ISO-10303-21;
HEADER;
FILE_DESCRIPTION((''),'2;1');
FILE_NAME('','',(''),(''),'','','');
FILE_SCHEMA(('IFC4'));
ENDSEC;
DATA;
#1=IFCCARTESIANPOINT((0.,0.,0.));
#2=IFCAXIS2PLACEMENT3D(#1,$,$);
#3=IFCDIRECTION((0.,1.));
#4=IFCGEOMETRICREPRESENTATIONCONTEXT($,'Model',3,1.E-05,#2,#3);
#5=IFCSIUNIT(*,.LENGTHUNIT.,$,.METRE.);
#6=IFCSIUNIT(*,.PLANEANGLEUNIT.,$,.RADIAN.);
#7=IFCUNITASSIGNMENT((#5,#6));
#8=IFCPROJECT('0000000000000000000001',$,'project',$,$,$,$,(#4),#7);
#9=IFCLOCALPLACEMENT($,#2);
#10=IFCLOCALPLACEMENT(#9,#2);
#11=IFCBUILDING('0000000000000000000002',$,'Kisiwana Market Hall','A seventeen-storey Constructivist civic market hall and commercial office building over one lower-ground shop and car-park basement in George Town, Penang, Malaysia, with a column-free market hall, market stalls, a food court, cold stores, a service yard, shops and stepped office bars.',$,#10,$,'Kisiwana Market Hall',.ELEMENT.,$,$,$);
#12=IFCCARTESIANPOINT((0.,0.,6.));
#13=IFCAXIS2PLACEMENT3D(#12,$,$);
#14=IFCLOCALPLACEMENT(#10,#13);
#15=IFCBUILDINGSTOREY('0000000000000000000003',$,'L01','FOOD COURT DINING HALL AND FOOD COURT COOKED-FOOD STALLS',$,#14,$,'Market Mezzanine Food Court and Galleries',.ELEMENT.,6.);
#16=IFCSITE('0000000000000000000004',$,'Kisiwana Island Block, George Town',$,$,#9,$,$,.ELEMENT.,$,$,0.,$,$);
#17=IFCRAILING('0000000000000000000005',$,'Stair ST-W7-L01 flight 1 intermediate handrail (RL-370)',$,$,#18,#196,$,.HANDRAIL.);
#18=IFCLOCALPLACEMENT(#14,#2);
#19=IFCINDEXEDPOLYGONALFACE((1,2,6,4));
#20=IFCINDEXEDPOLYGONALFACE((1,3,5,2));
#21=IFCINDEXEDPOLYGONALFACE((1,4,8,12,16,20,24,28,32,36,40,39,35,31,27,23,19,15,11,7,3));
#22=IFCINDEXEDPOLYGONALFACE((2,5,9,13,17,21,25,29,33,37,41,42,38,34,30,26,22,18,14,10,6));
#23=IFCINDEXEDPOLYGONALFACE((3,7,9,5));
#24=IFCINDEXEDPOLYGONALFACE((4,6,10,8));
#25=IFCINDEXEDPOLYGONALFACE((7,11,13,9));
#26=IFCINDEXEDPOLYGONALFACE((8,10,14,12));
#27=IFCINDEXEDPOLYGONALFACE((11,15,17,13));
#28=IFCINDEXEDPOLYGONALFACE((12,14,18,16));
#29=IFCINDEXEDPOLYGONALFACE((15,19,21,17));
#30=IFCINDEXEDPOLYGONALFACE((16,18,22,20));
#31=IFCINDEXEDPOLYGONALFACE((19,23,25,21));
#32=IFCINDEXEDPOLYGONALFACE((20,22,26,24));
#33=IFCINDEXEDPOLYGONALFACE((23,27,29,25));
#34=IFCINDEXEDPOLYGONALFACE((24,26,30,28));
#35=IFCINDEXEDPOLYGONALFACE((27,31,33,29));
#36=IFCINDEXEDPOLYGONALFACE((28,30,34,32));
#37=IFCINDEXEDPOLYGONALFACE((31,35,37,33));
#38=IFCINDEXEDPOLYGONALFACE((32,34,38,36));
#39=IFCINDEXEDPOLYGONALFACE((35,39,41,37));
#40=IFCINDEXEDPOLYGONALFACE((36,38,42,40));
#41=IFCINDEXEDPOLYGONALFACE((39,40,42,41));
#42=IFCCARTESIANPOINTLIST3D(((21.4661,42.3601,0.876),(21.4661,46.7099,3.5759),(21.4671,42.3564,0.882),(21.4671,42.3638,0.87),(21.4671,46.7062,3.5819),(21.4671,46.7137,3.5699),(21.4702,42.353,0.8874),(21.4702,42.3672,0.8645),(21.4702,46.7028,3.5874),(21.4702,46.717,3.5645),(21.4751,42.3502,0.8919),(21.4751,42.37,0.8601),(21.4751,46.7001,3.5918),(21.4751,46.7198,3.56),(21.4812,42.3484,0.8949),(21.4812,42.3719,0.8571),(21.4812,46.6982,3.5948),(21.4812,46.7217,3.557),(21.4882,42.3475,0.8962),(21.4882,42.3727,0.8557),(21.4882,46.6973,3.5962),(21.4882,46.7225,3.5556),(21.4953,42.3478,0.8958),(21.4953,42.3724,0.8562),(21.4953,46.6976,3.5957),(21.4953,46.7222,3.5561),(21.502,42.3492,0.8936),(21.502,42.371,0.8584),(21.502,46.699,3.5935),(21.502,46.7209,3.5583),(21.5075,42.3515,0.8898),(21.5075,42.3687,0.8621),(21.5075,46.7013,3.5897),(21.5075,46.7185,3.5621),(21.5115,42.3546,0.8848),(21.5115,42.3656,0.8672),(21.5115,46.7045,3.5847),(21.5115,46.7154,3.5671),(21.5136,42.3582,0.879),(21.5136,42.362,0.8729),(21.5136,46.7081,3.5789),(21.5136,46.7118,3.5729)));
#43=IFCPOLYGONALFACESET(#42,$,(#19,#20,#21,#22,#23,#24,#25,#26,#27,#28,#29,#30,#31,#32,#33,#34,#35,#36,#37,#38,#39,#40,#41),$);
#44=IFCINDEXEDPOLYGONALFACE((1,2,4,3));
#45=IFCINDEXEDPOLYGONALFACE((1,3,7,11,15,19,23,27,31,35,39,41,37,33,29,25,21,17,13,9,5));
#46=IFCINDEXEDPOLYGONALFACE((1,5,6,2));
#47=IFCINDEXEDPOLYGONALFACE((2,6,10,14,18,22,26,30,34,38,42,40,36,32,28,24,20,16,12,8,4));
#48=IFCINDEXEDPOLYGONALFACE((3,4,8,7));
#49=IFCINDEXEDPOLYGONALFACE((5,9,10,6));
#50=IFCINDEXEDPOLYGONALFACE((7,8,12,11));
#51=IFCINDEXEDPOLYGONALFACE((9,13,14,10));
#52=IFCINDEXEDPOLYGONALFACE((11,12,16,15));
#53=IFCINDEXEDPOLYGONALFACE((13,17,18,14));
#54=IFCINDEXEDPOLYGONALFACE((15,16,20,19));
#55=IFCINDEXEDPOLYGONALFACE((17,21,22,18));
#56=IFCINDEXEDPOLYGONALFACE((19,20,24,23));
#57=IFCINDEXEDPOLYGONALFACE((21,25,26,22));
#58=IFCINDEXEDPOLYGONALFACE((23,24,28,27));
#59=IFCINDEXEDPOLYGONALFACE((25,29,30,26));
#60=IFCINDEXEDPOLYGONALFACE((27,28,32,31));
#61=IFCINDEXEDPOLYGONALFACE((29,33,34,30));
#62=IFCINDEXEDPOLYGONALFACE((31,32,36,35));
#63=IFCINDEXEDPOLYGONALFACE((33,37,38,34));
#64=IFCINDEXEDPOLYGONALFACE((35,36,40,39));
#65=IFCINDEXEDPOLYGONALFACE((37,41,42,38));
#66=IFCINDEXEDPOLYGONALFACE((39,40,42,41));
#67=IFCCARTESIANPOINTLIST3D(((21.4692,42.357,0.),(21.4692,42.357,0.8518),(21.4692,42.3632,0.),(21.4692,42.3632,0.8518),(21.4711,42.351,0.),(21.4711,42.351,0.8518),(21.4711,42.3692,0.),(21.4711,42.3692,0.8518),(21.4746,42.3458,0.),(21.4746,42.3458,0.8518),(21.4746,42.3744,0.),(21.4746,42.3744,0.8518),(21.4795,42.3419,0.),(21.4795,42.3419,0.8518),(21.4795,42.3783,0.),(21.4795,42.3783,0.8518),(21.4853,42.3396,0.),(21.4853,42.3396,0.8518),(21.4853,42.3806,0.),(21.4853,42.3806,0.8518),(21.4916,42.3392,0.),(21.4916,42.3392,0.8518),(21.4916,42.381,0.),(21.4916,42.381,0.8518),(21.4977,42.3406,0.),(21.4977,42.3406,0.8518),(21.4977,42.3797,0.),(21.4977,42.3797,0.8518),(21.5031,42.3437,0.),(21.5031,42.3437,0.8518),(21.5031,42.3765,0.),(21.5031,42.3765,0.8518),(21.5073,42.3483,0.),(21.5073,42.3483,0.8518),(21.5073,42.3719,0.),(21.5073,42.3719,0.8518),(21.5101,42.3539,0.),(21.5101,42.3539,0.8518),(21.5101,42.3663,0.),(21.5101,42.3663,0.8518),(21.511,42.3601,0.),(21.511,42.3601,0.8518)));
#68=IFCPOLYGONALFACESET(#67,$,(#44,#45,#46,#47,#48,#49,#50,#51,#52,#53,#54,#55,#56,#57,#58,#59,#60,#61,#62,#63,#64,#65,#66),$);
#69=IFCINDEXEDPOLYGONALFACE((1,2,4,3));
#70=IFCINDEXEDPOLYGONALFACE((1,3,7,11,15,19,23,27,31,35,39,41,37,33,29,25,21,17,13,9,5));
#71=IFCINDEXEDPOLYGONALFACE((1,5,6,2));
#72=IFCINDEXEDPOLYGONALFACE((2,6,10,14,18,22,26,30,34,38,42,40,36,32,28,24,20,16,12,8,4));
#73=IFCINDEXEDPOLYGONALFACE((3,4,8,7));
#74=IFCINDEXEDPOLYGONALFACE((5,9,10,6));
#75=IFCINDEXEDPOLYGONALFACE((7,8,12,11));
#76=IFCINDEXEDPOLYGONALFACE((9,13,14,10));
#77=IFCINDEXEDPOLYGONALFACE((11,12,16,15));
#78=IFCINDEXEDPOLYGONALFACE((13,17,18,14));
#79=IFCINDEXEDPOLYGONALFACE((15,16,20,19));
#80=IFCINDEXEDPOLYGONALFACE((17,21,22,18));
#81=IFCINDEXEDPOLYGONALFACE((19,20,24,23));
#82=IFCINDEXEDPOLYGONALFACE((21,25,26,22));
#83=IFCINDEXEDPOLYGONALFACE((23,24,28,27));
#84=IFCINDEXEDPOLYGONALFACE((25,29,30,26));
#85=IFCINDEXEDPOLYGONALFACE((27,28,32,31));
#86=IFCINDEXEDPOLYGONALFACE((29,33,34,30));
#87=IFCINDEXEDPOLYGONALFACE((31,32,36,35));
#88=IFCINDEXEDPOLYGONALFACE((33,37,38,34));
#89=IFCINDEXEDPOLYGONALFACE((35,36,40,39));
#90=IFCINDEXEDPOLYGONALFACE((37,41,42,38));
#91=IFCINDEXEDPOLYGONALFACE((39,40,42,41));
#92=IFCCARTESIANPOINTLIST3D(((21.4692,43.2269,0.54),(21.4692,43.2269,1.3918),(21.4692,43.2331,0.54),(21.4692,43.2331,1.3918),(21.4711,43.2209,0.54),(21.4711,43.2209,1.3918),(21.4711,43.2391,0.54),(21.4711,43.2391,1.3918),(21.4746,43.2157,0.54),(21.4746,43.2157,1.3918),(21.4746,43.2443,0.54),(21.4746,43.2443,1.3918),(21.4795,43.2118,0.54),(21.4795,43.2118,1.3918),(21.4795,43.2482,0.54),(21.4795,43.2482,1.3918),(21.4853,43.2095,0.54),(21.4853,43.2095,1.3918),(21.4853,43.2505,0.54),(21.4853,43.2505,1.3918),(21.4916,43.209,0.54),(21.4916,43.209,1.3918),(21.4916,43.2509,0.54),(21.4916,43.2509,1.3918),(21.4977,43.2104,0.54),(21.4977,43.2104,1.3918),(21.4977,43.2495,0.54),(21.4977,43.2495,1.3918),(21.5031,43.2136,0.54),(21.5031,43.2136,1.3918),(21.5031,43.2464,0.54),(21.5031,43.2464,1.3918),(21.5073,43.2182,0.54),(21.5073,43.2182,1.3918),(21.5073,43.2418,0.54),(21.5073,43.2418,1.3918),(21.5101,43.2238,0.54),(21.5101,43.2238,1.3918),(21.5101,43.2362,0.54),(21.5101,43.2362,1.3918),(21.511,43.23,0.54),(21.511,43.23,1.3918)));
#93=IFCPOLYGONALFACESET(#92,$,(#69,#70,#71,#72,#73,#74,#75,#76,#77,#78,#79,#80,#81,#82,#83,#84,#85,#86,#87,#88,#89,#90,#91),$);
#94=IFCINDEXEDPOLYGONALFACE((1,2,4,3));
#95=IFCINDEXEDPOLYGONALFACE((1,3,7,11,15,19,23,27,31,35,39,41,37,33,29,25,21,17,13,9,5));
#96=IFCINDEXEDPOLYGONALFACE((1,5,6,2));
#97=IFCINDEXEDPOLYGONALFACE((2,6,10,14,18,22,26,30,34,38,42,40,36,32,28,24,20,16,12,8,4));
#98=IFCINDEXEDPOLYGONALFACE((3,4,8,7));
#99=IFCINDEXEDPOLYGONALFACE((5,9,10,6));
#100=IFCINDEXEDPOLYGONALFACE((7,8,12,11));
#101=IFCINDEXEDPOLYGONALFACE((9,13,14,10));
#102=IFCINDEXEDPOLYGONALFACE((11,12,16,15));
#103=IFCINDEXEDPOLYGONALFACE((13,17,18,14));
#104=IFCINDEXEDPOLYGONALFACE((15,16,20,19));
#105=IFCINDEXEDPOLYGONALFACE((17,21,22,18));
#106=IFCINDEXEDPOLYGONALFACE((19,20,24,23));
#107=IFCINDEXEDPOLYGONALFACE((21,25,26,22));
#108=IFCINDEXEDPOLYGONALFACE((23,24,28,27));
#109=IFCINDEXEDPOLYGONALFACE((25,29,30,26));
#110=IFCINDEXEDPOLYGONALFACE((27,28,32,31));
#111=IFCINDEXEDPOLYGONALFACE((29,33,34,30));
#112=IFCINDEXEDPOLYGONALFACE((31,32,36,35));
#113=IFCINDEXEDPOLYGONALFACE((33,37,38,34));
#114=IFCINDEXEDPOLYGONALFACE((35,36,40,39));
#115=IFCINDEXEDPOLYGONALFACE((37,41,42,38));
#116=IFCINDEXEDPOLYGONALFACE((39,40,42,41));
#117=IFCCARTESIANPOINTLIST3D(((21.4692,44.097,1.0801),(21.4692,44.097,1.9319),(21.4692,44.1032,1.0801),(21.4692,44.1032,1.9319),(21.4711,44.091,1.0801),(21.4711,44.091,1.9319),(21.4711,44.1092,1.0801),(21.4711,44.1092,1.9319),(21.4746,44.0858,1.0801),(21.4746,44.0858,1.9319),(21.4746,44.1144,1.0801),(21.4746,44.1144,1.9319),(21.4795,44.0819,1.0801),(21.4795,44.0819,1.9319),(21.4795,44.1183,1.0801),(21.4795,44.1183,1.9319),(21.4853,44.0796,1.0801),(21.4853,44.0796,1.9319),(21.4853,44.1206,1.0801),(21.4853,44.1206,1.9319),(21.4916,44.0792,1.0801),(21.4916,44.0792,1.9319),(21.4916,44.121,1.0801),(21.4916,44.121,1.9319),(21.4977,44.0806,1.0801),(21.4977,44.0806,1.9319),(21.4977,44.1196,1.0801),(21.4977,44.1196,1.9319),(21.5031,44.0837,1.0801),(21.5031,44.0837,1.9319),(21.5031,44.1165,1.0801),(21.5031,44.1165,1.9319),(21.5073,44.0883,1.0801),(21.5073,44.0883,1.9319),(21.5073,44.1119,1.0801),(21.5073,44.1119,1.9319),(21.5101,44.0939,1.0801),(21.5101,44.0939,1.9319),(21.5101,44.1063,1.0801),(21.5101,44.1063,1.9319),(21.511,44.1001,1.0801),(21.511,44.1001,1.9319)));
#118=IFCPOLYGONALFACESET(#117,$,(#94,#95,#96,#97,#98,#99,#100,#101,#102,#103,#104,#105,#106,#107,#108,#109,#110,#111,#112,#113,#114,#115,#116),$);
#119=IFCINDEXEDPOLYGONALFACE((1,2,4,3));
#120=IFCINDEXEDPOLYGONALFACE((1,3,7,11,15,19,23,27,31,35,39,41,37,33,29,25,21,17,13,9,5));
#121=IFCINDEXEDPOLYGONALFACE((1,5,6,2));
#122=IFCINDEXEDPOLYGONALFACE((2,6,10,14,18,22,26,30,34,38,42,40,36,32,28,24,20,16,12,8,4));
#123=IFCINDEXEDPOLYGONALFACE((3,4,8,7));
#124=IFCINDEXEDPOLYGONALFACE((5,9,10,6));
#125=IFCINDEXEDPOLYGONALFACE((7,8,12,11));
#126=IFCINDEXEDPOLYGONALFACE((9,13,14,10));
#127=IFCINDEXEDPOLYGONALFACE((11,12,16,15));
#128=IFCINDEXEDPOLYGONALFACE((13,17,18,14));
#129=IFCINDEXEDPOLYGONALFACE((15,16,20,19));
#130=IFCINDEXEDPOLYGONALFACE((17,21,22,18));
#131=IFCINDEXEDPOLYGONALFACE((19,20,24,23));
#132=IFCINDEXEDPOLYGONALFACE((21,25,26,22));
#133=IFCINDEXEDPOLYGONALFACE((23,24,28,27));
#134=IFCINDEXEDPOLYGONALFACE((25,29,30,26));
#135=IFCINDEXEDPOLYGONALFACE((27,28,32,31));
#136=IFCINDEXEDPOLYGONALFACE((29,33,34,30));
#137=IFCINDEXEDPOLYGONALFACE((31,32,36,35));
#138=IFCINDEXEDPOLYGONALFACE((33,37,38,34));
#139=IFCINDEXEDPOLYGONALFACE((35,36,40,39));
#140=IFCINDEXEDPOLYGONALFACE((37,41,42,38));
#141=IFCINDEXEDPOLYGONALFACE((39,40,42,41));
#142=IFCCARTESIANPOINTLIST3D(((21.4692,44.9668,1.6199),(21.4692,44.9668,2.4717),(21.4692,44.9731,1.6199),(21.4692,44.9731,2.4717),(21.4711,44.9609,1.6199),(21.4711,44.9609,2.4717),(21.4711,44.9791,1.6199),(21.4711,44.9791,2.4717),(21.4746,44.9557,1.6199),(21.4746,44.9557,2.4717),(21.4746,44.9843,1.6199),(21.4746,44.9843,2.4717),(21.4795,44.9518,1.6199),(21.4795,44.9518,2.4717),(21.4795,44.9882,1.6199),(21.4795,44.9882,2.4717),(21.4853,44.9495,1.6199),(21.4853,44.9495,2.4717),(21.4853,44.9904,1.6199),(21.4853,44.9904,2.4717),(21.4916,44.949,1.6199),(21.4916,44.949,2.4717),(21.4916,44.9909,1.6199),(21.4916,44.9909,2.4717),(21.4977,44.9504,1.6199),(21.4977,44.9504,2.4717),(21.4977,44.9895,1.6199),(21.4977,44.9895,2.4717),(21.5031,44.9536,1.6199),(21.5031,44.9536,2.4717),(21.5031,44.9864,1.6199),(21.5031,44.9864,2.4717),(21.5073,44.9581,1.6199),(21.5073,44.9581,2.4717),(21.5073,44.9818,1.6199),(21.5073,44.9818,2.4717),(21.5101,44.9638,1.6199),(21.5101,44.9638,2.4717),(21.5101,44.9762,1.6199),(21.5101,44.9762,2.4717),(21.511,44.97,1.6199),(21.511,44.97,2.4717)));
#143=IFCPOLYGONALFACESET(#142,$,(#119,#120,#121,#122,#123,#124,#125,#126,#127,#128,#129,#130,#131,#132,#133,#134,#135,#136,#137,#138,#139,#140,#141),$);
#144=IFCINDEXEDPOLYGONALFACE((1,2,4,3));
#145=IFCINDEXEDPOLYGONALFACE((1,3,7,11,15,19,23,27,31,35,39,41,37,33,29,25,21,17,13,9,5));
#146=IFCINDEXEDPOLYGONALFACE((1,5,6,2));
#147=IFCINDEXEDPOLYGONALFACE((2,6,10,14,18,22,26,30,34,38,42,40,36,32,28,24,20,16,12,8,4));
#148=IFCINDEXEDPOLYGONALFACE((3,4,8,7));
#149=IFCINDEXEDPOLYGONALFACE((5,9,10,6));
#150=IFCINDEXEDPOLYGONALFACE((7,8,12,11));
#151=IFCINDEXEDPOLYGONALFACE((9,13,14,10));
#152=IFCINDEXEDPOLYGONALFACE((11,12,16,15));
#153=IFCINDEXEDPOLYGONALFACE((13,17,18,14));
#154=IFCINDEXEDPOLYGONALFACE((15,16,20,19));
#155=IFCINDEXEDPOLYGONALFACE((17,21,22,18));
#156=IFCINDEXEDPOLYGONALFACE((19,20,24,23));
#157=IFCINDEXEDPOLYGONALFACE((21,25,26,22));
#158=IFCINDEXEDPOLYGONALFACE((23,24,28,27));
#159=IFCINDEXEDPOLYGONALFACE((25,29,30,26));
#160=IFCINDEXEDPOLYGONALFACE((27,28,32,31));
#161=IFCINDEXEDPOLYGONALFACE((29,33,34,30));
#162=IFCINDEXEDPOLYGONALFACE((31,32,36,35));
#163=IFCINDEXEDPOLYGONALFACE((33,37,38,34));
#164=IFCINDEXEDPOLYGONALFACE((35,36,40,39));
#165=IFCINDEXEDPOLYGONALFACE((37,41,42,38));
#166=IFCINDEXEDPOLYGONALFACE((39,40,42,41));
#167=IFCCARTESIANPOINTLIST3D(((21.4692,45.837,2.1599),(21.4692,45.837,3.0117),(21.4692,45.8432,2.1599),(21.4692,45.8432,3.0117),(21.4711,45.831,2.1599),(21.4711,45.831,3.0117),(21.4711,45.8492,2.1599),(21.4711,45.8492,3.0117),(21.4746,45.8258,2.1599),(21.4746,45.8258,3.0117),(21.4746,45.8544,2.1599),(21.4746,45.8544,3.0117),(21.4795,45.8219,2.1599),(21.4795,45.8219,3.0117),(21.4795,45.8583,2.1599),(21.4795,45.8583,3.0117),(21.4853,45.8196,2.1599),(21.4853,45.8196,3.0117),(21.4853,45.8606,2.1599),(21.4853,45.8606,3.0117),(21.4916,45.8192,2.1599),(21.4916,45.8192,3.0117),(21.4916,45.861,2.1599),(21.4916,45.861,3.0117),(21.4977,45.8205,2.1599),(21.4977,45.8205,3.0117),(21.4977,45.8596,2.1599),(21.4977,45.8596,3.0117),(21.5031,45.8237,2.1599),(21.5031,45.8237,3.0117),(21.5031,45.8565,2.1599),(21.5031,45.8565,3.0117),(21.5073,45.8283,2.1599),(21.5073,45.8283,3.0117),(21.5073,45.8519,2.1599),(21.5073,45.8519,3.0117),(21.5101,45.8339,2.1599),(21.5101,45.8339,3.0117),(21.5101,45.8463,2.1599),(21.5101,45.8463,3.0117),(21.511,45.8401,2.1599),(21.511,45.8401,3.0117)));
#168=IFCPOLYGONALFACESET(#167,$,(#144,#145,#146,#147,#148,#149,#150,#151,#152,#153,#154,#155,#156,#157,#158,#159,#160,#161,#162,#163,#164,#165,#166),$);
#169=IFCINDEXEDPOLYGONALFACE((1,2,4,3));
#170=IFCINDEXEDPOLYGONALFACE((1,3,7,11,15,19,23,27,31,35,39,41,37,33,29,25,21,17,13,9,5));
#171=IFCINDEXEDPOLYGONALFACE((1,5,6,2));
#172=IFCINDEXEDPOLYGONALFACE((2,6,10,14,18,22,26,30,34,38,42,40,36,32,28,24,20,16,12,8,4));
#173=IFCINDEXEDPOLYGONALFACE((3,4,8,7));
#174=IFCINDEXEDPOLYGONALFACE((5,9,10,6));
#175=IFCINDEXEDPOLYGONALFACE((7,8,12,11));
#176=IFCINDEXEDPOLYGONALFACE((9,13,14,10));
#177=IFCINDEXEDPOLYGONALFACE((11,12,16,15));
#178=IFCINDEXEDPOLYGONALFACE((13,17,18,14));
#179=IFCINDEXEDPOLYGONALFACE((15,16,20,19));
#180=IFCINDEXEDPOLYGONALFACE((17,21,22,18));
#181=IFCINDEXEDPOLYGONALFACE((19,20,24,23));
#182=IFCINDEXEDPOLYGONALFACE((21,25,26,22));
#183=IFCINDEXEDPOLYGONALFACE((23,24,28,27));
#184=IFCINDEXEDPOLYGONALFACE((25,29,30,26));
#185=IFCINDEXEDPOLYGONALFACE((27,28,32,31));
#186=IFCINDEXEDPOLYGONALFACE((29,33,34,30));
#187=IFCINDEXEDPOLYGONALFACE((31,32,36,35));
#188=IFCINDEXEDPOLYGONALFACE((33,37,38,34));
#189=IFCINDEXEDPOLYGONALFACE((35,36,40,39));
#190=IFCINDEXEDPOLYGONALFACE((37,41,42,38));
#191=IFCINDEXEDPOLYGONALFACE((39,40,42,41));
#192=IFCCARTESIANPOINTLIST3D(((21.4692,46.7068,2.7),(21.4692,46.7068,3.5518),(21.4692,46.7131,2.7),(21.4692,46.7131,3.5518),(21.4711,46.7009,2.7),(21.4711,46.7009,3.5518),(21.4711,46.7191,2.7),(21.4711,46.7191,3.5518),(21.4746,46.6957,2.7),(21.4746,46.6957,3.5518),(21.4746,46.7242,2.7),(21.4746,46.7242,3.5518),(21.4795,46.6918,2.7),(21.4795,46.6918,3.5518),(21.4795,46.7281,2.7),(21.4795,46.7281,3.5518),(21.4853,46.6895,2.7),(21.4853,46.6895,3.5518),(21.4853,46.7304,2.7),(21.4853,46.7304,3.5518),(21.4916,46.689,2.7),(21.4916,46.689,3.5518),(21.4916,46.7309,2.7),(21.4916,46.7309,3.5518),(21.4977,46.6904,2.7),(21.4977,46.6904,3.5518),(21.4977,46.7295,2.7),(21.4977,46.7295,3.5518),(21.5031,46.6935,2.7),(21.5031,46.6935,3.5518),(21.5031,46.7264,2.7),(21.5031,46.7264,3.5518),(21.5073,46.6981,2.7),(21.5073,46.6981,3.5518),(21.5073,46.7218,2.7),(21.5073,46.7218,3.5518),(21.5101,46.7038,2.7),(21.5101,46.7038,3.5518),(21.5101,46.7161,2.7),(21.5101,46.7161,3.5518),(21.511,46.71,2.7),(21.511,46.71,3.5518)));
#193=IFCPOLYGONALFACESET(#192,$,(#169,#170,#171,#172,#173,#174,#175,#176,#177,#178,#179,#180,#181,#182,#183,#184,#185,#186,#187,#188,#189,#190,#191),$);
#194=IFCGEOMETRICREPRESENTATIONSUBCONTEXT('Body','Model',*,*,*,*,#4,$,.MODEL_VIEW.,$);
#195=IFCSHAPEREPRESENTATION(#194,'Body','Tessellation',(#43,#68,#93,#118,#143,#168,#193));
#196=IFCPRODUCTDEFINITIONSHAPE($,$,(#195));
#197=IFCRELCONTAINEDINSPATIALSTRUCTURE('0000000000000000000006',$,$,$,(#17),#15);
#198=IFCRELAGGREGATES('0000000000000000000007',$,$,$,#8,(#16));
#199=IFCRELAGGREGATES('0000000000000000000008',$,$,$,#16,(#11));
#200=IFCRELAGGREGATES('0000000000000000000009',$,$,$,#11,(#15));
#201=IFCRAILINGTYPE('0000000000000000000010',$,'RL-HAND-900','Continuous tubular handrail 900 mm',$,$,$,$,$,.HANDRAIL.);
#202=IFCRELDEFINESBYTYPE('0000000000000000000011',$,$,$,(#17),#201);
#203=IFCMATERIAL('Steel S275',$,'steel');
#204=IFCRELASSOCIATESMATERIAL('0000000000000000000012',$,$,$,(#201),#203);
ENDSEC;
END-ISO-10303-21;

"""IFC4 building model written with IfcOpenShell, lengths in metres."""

from ifc_helpers import new_model, si_unit, direction, frame, origin, origin_2d, place, context, subcontext, project, spatial, circle, extrude, material, type_object, element, save


model = new_model("IFC4")

# Units and contexts
model_context = context("Model", 3, precision=1e-05, world=origin(), true_north=direction((0.0, 1.0)))
body_context = subcontext(model_context, "Body", "Model", "MODEL_VIEW")
ifc_project = project(units=[si_unit("LENGTHUNIT", "METRE"), si_unit("PLANEANGLEUNIT", "RADIAN")], contexts=[model_context])

# Site, building, storey
site_placement = place(None, origin())
site = spatial("IfcSite", under=ifc_project, at=site_placement, Name="Kisiwana Island Block, George Town", CompositionType="ELEMENT", RefElevation=0.0)
building_placement = place(site_placement, origin())
building = spatial("IfcBuilding", under=site, at=building_placement, Name="Kisiwana Market Hall", Description="A seventeen-storey Constructivist civic market hall and commercial office building over one lower-ground shop and car-park basement in George Town, Penang, Malaysia, with a column-free market hall, market stalls, a food court, cold stores, a service yard, shops and stepped office bars.", LongName="Kisiwana Market Hall", CompositionType="ELEMENT")
storey_placement = place(building_placement, frame((0.0, 0.0, 6.0)))
storey = spatial("IfcBuildingStorey", under=building, at=storey_placement, Name="L01", Description="FOOD COURT DINING HALL AND FOOD COURT COOKED-FOOD STALLS", LongName="Market Mezzanine Food Court and Galleries", CompositionType="ELEMENT", Elevation=6.0)

# Railing
ifc_material_1 = material(Name="Steel S275", Category="steel")
railing_type_1 = type_object("IfcRailingType", Name="RL-HAND-900", Description="Continuous tubular handrail 900 mm", PredefinedType="HANDRAIL", material=ifc_material_1)
for number, where, name in (
    (1, (21.49, 42.3601, 0.0), "Stair ST-W7-L01 flight 1 intermediate handrail (RL-370)"),
):
    element("IfcRailing", number, at=place(storey_placement, frame(where)), inside=storey, type_object=railing_type_1, Name=name, PredefinedType="HANDRAIL", context=body_context, shape_type="SweptSolid", body=[
        extrude(circle(Radius=0.0239, at=origin_2d()), frame((0.0, 0.0, 0.876), z_axis=(0.0, 0.849636, 0.527369), x_axis=(-1.0, 0.0, 0.0)), (0.0, 0.0, 1.0), 5.1196),
        extrude(circle(Radius=0.021, at=origin_2d()), origin(), (0.0, 0.0, 1.0), 0.8518),
        extrude(circle(Radius=0.021, at=origin_2d()), frame((0.0, 0.8699, 0.54)), (0.0, 0.0, 1.0), 0.8518),
        extrude(circle(Radius=0.021, at=origin_2d()), frame((0.0, 1.74, 1.0801)), (0.0, 0.0, 1.0), 0.8518),
        extrude(circle(Radius=0.021, at=origin_2d()), frame((0.0, 2.6099, 1.6199)), (0.0, 0.0, 1.0), 0.8518),
        extrude(circle(Radius=0.021, at=origin_2d()), frame((0.0, 3.48, 2.1599)), (0.0, 0.0, 1.0), 0.8518),
        extrude(circle(Radius=0.021, at=origin_2d()), frame((0.0, 4.3499, 2.7)), (0.0, 0.0, 1.0), 0.8518),
    ])

save(model, "model.ifc")
